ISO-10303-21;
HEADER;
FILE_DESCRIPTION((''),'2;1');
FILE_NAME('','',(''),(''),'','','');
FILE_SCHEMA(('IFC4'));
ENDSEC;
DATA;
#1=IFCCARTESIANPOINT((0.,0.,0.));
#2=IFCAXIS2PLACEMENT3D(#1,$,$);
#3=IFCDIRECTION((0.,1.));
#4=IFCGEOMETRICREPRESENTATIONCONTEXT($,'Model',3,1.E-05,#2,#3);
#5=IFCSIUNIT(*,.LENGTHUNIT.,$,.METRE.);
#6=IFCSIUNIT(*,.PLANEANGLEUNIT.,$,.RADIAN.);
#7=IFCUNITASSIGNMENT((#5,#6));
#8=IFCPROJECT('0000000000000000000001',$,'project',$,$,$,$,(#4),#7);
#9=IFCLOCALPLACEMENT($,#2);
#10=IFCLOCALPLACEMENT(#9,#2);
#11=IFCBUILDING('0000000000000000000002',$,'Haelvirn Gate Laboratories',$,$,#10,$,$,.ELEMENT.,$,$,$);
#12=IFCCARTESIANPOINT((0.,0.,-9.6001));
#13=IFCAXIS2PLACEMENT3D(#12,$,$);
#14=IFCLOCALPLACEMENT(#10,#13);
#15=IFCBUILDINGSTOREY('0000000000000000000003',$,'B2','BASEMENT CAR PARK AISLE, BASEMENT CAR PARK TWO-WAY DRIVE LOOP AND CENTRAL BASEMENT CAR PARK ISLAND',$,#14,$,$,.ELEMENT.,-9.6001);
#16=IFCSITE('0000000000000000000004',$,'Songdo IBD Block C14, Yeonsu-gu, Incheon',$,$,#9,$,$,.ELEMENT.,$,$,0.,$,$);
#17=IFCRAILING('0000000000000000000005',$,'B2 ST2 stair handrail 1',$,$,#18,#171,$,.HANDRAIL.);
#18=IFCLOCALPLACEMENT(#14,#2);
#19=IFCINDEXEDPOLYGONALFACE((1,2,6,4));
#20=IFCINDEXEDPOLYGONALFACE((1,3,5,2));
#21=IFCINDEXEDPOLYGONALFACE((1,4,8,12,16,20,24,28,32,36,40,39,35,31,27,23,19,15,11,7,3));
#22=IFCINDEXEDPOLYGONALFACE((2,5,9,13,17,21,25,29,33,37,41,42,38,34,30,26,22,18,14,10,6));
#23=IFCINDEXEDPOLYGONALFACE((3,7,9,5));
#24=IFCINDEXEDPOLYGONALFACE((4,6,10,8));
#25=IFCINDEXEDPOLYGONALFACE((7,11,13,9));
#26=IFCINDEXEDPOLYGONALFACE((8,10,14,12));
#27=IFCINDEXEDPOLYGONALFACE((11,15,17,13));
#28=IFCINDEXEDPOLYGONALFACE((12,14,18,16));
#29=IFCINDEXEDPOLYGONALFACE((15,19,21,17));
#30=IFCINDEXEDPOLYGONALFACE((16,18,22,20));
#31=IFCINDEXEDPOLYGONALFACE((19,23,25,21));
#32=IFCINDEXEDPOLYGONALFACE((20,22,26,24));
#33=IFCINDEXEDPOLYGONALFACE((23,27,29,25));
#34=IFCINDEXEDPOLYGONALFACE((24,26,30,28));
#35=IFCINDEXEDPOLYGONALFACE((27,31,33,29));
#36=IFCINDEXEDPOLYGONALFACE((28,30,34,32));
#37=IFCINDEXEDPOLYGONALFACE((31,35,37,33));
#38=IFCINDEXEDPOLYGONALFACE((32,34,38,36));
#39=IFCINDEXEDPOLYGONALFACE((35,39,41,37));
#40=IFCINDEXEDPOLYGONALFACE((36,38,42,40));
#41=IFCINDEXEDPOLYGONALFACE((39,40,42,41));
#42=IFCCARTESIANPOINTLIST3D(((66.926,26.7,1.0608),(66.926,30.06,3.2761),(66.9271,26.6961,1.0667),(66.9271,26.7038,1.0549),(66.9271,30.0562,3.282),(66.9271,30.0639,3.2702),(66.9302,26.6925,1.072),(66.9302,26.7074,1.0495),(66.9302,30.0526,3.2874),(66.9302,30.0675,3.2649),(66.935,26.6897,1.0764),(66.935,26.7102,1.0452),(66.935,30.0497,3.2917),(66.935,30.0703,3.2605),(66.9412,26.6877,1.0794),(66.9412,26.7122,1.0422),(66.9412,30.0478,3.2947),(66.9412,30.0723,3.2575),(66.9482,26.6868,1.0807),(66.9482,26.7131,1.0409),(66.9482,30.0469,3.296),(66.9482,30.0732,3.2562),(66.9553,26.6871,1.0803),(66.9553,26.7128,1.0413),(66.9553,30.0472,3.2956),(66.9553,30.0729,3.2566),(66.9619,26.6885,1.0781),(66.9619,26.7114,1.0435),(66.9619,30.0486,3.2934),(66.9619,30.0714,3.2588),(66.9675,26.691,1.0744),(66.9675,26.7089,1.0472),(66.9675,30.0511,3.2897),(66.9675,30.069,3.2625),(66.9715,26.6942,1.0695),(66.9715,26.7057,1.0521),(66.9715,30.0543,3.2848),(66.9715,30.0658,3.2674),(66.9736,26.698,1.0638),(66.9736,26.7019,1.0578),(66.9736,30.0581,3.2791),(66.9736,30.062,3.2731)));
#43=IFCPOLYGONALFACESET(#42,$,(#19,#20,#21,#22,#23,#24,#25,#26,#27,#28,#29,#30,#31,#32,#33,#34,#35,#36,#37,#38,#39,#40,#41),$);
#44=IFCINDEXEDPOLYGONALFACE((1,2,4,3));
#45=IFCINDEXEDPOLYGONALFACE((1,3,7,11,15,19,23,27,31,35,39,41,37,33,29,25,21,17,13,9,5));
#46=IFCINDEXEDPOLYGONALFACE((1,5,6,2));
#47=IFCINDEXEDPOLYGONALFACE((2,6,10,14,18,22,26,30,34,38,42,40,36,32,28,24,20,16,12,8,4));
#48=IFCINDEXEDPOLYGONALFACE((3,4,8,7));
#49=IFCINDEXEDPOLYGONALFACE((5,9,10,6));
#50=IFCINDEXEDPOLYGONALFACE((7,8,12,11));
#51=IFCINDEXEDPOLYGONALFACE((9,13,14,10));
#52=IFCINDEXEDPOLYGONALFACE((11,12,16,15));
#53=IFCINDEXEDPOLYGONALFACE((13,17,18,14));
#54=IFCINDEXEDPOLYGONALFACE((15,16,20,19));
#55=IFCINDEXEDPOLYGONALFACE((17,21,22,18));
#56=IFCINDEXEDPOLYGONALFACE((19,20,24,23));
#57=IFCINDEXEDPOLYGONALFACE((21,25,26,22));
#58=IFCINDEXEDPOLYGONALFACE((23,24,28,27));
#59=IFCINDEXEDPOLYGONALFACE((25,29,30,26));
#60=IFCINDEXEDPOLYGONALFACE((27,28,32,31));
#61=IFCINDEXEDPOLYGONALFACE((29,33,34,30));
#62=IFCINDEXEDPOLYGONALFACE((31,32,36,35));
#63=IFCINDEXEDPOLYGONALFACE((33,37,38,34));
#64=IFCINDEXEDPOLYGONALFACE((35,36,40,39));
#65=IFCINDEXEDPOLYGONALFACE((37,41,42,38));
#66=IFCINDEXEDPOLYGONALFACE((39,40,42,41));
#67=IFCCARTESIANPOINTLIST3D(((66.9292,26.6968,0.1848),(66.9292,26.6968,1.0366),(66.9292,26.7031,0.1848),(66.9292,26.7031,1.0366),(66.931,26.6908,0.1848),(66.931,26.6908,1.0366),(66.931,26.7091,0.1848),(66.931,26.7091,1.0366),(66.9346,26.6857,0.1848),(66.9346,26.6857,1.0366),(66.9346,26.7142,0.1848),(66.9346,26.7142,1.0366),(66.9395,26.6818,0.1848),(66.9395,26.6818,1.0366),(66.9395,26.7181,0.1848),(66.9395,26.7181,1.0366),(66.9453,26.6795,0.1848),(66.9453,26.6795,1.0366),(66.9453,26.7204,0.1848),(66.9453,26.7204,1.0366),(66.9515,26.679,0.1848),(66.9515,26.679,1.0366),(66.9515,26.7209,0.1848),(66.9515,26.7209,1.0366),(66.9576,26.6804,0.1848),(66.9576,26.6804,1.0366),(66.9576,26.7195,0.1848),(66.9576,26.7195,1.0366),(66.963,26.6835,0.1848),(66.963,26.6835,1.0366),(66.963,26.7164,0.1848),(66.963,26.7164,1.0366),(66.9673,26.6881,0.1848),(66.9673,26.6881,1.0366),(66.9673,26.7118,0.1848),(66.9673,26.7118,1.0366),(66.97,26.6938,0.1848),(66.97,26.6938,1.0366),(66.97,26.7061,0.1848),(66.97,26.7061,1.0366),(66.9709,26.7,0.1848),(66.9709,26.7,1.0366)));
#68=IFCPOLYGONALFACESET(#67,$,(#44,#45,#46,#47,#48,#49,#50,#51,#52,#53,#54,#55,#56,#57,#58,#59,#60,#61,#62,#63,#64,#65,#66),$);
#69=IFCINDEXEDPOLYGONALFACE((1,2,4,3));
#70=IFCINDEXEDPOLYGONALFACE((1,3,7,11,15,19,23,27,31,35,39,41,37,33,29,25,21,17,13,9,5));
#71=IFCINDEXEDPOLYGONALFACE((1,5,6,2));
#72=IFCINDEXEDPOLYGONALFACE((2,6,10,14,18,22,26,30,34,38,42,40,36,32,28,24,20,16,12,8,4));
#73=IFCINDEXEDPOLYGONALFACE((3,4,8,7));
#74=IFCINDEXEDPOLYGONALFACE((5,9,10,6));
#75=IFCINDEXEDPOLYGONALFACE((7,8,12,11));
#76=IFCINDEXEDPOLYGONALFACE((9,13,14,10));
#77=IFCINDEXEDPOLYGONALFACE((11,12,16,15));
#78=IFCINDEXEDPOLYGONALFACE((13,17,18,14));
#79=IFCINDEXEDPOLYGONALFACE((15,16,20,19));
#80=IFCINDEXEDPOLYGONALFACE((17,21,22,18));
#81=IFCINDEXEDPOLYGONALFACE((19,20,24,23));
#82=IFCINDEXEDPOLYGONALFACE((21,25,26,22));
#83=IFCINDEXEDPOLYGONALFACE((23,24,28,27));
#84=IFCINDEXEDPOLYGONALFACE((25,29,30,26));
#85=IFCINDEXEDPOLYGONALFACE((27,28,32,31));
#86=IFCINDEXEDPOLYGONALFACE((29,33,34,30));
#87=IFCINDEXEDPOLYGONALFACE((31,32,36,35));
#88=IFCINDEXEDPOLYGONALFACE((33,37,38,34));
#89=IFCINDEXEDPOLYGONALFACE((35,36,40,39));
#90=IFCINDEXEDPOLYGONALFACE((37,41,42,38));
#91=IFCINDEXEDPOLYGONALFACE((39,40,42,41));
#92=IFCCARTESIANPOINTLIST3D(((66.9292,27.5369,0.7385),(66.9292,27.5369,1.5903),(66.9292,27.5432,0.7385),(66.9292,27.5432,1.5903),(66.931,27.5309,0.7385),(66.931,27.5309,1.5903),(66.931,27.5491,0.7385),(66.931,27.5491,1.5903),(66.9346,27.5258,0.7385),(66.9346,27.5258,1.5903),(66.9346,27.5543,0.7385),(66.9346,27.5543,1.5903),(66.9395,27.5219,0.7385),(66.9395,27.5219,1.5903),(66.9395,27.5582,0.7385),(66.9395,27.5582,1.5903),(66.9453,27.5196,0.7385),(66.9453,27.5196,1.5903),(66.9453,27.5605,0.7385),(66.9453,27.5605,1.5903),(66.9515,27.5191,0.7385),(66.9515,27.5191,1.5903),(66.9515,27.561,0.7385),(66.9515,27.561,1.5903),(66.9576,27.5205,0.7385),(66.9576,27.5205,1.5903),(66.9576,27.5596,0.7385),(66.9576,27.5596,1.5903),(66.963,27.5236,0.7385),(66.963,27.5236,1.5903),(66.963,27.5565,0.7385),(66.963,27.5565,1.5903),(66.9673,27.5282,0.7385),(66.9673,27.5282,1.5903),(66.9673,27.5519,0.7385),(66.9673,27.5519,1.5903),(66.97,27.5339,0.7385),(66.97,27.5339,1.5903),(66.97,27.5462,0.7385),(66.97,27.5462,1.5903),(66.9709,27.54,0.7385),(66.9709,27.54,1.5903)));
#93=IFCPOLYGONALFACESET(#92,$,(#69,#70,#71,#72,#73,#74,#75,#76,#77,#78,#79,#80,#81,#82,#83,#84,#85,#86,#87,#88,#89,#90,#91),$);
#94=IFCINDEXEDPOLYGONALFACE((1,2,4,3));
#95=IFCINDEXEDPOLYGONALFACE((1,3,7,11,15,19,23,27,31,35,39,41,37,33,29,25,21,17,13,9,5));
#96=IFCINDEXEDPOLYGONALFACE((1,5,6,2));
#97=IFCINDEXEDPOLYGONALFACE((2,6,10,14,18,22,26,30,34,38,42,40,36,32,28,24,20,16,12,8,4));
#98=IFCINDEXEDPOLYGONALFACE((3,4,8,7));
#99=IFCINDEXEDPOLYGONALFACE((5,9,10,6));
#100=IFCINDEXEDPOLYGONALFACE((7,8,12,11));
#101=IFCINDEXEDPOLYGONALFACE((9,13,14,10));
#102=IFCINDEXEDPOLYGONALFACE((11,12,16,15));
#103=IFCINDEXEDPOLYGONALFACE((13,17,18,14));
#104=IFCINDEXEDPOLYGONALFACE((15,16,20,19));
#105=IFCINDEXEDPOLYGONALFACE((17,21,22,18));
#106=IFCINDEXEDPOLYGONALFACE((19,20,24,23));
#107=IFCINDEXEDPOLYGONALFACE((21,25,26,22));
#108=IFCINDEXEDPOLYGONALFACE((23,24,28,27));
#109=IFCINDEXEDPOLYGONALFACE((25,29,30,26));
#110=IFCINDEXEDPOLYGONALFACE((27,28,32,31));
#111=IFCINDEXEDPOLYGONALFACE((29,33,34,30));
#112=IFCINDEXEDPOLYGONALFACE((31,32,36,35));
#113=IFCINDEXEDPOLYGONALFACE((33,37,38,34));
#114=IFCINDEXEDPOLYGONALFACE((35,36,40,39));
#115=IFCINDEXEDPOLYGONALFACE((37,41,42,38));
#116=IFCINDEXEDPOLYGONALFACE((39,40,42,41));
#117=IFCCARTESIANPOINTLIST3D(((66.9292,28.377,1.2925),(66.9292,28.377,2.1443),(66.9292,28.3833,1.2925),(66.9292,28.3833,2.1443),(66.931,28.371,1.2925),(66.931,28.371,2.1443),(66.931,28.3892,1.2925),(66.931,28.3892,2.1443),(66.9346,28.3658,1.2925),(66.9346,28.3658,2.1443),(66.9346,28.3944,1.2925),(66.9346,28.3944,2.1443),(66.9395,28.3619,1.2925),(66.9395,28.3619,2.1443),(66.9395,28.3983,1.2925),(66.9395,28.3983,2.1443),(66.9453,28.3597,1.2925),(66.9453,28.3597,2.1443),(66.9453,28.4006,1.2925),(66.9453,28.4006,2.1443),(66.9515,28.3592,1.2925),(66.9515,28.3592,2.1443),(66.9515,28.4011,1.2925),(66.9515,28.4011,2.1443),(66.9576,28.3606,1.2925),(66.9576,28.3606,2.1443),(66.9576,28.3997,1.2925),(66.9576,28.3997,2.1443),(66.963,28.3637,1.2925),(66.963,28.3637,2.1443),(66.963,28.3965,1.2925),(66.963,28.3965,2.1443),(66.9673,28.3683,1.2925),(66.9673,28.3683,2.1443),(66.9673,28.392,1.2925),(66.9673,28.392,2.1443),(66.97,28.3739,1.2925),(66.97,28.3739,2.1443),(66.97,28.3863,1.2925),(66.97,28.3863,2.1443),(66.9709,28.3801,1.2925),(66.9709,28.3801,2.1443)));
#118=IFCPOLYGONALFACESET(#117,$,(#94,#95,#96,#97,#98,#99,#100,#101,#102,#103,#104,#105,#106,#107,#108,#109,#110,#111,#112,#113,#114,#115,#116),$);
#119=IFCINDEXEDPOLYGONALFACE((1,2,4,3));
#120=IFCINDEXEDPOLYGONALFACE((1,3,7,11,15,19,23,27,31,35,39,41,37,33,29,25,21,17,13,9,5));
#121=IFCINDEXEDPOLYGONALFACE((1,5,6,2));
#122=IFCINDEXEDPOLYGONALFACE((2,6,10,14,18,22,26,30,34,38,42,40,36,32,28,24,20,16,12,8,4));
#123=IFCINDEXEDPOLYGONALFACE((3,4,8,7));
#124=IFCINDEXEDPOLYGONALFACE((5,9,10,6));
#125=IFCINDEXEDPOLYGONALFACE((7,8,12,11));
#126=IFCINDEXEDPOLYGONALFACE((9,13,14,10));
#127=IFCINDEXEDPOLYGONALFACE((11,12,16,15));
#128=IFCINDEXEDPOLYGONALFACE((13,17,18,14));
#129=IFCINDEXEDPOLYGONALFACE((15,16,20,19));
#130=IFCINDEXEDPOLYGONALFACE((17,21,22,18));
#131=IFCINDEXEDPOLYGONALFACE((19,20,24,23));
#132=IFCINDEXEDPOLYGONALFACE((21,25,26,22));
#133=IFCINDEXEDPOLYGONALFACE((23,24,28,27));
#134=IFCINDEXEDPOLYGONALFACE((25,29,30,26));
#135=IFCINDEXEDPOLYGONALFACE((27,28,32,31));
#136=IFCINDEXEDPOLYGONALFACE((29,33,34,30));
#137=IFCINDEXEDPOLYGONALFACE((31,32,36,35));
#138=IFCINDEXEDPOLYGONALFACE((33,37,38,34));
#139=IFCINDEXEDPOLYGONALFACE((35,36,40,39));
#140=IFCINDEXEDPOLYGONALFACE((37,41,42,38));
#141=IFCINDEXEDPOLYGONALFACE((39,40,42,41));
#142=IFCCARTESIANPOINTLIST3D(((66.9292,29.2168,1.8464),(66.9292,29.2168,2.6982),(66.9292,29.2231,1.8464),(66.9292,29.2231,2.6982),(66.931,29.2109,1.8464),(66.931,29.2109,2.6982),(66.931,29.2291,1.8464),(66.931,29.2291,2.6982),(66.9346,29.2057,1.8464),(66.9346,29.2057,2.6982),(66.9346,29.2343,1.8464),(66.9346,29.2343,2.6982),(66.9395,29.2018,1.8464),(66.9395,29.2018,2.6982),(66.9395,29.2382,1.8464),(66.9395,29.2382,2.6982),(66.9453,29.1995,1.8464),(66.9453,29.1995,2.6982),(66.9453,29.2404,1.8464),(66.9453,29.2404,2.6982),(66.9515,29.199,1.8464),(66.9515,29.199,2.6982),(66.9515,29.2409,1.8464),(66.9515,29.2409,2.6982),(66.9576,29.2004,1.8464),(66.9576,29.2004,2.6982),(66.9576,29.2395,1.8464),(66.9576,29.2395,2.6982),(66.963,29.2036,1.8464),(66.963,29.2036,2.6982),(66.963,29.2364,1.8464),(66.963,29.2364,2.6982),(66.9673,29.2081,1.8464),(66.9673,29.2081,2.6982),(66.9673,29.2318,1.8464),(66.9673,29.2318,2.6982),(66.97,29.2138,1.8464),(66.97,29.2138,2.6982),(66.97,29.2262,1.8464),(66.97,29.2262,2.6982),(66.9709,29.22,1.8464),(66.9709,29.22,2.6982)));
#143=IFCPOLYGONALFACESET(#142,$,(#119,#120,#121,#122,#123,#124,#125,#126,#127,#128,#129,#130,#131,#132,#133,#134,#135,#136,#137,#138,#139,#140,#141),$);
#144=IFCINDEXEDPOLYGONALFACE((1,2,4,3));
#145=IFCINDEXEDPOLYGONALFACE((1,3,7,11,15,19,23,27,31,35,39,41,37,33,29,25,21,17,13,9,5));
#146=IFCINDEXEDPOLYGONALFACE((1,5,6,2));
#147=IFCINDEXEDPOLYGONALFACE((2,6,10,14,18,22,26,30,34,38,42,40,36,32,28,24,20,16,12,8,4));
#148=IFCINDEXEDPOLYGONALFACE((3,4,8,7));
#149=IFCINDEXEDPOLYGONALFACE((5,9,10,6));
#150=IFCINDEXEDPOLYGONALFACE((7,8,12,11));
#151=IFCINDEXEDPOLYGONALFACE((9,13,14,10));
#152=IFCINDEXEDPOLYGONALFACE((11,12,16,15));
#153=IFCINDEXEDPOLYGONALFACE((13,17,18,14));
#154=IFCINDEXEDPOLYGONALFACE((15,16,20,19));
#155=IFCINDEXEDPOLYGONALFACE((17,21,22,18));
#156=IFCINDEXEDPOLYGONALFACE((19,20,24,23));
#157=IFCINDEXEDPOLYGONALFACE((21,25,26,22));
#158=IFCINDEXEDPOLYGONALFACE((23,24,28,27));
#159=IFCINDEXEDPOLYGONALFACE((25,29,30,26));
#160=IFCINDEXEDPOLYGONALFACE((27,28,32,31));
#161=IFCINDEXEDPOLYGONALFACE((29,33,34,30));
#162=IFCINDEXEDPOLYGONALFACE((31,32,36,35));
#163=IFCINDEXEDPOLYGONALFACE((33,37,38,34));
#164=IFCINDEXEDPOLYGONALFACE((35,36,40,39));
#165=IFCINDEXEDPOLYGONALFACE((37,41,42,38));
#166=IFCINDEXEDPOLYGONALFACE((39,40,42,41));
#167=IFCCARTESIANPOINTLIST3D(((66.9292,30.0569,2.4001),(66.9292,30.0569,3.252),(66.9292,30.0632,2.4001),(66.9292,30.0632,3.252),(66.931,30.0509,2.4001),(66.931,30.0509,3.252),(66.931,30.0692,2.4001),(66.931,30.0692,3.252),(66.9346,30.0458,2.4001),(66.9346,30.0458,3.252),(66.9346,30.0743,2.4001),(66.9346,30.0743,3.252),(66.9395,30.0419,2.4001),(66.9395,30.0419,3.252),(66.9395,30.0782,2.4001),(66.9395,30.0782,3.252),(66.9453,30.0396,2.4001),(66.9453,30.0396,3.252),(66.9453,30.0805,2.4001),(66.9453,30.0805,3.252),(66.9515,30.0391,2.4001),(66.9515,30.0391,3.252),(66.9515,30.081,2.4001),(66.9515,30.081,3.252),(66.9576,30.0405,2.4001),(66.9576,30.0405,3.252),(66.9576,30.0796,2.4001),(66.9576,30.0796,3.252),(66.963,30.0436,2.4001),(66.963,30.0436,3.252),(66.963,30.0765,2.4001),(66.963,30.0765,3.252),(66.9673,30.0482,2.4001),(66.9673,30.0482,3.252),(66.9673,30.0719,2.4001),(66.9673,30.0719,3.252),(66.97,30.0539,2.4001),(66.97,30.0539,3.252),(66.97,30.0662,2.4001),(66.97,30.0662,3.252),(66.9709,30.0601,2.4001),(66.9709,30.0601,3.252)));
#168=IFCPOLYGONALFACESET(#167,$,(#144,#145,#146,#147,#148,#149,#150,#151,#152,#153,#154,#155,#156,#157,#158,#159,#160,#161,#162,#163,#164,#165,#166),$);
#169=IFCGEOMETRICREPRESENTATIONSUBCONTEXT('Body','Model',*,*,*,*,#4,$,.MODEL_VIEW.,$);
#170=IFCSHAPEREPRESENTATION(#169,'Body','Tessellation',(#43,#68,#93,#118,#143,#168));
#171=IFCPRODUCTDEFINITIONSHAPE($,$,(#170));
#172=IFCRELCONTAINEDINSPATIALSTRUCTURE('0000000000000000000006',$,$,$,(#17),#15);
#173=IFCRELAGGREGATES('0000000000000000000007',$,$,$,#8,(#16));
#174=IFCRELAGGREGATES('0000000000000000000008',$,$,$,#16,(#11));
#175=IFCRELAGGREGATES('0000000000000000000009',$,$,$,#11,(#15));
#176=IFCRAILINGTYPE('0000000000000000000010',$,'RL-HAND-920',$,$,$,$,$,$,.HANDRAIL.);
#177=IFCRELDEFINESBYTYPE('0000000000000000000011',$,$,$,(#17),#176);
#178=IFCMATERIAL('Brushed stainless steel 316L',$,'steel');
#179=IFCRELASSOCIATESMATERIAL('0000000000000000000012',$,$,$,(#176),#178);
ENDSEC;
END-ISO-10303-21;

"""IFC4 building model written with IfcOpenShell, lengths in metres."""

from ifc_helpers import new_model, si_unit, direction, frame, origin, origin_2d, place, context, subcontext, project, spatial, circle, extrude, source, transform, mapped, material, type_object, element, save


model = new_model("IFC4")

# Units and contexts
model_context = context("Model", 3, precision=1e-05, world=origin(), true_north=direction((0.0, 1.0)))
body_context = subcontext(model_context, "Body", "Model", "MODEL_VIEW")
ifc_project = project(units=[si_unit("LENGTHUNIT", "METRE"), si_unit("PLANEANGLEUNIT", "RADIAN")], contexts=[model_context])

# Site, building, storey
site_placement = place(None, origin())
site = spatial("IfcSite", under=ifc_project, at=site_placement, Name="Songdo IBD Block C14, Yeonsu-gu, Incheon", CompositionType="ELEMENT", RefElevation=0.0)
building_placement = place(site_placement, origin())
building = spatial("IfcBuilding", under=site, at=building_placement, Name="Haelvirn Gate Laboratories", CompositionType="ELEMENT")
storey_placement = place(building_placement, frame((0.0, 0.0, -9.6001)))
storey = spatial("IfcBuildingStorey", under=building, at=storey_placement, Name="B2", Description="BASEMENT CAR PARK AISLE, BASEMENT CAR PARK TWO-WAY DRIVE LOOP AND CENTRAL BASEMENT CAR PARK ISLAND", CompositionType="ELEMENT", Elevation=-9.6001)

# Railing
ifc_material_1 = material(Name="Brushed stainless steel 316L", Category="steel")
railing_type_1 = type_object("IfcRailingType", Name="RL-HAND-920", PredefinedType="HANDRAIL", material=ifc_material_1)
shared_shape_1 = source(origin(), body_context, "Body", "SweptSolid", [
    extrude(circle(Radius=0.0239, at=origin_2d()), frame((0.0, 0.0, 0.876), z_axis=(0.0, 0.834876, 0.550437), x_axis=(-1.0, 0.0, 0.0)), (0.0, 0.0, 1.0), 4.0247),
    extrude(circle(Radius=0.021, at=origin_2d()), origin(), (0.0, 0.0, 1.0), 0.8518),
    extrude(circle(Radius=0.021, at=origin_2d()), frame((0.0, 0.8401, 0.5537)), (0.0, 0.0, 1.0), 0.8518),
    extrude(circle(Radius=0.021, at=origin_2d()), frame((0.0, 1.6802, 1.1077)), (0.0, 0.0, 1.0), 0.8518),
    extrude(circle(Radius=0.021, at=origin_2d()), frame((0.0, 2.52, 1.6616)), (0.0, 0.0, 1.0), 0.8518),
    extrude(circle(Radius=0.021, at=origin_2d()), frame((0.0, 3.3601, 2.2153)), (0.0, 0.0, 1.0), 0.8518),
])
railing_1_placement = place(storey_placement, frame((66.95, 26.7, 0.1848)))
element("IfcRailing", 1, at=railing_1_placement, inside=storey, type_object=railing_type_1, Name="B2 ST2 stair handrail 1", PredefinedType="HANDRAIL", context=body_context, shape_type="MappedRepresentation", body=[
    mapped(shared_shape_1, transform((0.0, 0.0, 0.0), scale=1.0)),
])

save(model, "model.ifc")
